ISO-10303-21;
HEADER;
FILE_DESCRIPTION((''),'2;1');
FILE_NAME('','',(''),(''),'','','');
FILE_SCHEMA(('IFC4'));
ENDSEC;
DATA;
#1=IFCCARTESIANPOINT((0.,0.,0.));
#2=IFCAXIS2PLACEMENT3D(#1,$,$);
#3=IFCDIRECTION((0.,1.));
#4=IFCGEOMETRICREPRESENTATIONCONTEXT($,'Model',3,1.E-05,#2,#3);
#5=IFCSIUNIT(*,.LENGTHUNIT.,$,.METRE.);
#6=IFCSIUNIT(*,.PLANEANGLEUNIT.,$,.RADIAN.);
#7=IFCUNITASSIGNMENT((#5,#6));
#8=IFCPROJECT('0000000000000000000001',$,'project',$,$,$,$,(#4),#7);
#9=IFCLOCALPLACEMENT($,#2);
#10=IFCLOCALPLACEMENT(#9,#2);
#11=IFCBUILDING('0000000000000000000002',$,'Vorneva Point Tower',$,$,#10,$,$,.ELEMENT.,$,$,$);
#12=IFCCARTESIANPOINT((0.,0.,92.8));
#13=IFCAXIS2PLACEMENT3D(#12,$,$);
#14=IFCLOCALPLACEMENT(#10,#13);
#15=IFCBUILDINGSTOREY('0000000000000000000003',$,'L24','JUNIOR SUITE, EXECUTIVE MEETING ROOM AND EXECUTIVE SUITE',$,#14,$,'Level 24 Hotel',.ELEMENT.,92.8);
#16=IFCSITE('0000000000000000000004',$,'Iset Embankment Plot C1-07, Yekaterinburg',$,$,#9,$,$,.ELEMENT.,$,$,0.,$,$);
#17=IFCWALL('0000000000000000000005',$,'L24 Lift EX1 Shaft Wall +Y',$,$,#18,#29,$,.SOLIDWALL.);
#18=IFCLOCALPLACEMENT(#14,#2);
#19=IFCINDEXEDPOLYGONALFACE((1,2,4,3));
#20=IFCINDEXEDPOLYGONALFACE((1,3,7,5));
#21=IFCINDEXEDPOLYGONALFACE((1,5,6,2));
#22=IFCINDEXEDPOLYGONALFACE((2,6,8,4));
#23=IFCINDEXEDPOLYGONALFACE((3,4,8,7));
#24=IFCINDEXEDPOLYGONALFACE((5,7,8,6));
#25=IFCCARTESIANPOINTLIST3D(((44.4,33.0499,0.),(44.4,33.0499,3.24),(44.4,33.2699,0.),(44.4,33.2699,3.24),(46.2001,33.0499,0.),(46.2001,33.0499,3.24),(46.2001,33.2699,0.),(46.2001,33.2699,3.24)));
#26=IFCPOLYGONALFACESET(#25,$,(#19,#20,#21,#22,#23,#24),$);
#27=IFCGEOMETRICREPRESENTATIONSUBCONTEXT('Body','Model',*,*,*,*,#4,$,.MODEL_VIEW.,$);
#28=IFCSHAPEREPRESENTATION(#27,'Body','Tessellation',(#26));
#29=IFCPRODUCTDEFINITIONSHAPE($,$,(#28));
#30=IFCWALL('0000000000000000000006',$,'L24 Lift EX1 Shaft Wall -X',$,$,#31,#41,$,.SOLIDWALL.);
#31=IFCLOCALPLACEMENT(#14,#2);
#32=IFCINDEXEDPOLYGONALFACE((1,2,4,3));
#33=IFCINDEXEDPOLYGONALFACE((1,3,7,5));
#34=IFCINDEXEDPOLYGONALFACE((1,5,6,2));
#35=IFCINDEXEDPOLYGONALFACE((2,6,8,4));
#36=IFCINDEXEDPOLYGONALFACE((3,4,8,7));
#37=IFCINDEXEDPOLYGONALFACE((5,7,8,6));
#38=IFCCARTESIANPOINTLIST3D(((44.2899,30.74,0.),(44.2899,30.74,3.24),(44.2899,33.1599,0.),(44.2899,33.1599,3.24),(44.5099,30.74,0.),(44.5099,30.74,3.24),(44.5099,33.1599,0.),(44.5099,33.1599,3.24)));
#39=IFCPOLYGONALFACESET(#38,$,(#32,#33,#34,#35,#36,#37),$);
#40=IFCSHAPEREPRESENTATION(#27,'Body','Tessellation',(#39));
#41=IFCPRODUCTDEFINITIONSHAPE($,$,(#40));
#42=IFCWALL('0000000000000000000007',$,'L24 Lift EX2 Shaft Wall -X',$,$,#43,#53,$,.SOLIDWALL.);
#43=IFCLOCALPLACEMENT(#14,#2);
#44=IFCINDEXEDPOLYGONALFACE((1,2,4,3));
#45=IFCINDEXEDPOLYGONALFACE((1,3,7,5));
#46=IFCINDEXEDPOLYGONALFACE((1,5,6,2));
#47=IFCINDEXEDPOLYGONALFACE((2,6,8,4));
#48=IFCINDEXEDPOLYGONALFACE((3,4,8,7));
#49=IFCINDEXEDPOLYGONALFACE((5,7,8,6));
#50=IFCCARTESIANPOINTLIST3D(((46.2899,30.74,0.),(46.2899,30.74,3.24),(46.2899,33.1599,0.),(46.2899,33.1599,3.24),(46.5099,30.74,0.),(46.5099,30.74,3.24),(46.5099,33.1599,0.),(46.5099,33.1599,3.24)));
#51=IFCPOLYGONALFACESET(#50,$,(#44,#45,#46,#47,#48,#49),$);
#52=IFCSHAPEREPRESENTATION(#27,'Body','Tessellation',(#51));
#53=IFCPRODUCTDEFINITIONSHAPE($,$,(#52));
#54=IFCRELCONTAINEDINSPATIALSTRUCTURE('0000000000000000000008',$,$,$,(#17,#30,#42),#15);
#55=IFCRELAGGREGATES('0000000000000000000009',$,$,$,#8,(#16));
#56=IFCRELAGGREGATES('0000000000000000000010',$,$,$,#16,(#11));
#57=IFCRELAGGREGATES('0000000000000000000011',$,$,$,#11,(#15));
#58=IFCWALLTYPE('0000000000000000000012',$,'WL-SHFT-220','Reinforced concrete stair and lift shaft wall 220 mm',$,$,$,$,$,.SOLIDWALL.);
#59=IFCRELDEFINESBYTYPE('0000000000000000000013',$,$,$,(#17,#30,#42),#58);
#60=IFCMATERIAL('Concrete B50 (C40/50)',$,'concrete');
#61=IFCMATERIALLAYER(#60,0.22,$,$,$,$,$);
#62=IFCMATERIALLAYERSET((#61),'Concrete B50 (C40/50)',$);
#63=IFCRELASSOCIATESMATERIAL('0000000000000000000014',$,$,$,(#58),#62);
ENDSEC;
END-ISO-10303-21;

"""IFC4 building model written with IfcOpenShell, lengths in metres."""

from ifc_helpers import new_model, si_unit, direction, frame, frame_2d, origin, place, context, subcontext, project, spatial, rectangle, extrude, material, layer, layer_set, type_object, element, save


model = new_model("IFC4")

# Units and contexts
model_context = context("Model", 3, precision=1e-05, world=origin(), true_north=direction((0.0, 1.0)))
body_context = subcontext(model_context, "Body", "Model", "MODEL_VIEW")
ifc_project = project(units=[si_unit("LENGTHUNIT", "METRE"), si_unit("PLANEANGLEUNIT", "RADIAN")], contexts=[model_context])

# Site, building, storey
site_placement = place(None, origin())
site = spatial("IfcSite", under=ifc_project, at=site_placement, Name="Iset Embankment Plot C1-07, Yekaterinburg", CompositionType="ELEMENT", RefElevation=0.0)
building_placement = place(site_placement, origin())
building = spatial("IfcBuilding", under=site, at=building_placement, Name="Vorneva Point Tower", CompositionType="ELEMENT")
storey_placement = place(building_placement, frame((0.0, 0.0, 92.8)))
storey = spatial("IfcBuildingStorey", under=building, at=storey_placement, Name="L24", Description="JUNIOR SUITE, EXECUTIVE MEETING ROOM AND EXECUTIVE SUITE", LongName="Level 24 Hotel", CompositionType="ELEMENT", Elevation=92.8)

# Walls
ifc_material_1 = material(Name="Concrete B50 (C40/50)", Category="concrete")
ifc_layer_1 = layer(ifc_material_1, 0.22)
ifc_layer_set_1 = layer_set([ifc_layer_1], Name="Concrete B50 (C40/50)")
wall_type_1 = type_object("IfcWallType", Name="WL-SHFT-220", Description="Reinforced concrete stair and lift shaft wall 220 mm", PredefinedType="SOLIDWALL", material=ifc_layer_set_1)
wall_1_placement = place(storey_placement, frame((46.2, 33.1599, 0.0), z_axis=(0.0, 0.0, 1.0), x_axis=(-1.0, 0.0, 0.0)))
element("IfcWall", 1, at=wall_1_placement, inside=storey, type_object=wall_type_1, Name="L24 Lift EX1 Shaft Wall +Y", PredefinedType="SOLIDWALL", context=body_context, shape_type="SweptSolid", body=[
    extrude(rectangle(XDim=1.8, YDim=0.22, at=frame_2d((0.8999, 0.0))), origin(), (0.0, 0.0, 1.0), 3.24),
])
for number, where, z_axis, x_axis, name in (
    (2, (44.3999, 33.1599, 0.0), (0.0, 0.0, 1.0), (0.0, -1.0, 0.0), "L24 Lift EX1 Shaft Wall -X"),
    (3, (46.3999, 33.1599, 0.0), (0.0, 0.0, 1.0), (0.0, -1.0, 0.0), "L24 Lift EX2 Shaft Wall -X"),
):
    element("IfcWall", number, at=place(storey_placement, frame(where, z_axis=z_axis, x_axis=x_axis)), inside=storey, type_object=wall_type_1, Name=name, PredefinedType="SOLIDWALL", context=body_context, shape_type="SweptSolid", body=[
        extrude(rectangle(XDim=2.4199, YDim=0.22, at=frame_2d((1.21, 0.0))), origin(), (0.0, 0.0, 1.0), 3.24),
    ])

save(model, "model.ifc")
